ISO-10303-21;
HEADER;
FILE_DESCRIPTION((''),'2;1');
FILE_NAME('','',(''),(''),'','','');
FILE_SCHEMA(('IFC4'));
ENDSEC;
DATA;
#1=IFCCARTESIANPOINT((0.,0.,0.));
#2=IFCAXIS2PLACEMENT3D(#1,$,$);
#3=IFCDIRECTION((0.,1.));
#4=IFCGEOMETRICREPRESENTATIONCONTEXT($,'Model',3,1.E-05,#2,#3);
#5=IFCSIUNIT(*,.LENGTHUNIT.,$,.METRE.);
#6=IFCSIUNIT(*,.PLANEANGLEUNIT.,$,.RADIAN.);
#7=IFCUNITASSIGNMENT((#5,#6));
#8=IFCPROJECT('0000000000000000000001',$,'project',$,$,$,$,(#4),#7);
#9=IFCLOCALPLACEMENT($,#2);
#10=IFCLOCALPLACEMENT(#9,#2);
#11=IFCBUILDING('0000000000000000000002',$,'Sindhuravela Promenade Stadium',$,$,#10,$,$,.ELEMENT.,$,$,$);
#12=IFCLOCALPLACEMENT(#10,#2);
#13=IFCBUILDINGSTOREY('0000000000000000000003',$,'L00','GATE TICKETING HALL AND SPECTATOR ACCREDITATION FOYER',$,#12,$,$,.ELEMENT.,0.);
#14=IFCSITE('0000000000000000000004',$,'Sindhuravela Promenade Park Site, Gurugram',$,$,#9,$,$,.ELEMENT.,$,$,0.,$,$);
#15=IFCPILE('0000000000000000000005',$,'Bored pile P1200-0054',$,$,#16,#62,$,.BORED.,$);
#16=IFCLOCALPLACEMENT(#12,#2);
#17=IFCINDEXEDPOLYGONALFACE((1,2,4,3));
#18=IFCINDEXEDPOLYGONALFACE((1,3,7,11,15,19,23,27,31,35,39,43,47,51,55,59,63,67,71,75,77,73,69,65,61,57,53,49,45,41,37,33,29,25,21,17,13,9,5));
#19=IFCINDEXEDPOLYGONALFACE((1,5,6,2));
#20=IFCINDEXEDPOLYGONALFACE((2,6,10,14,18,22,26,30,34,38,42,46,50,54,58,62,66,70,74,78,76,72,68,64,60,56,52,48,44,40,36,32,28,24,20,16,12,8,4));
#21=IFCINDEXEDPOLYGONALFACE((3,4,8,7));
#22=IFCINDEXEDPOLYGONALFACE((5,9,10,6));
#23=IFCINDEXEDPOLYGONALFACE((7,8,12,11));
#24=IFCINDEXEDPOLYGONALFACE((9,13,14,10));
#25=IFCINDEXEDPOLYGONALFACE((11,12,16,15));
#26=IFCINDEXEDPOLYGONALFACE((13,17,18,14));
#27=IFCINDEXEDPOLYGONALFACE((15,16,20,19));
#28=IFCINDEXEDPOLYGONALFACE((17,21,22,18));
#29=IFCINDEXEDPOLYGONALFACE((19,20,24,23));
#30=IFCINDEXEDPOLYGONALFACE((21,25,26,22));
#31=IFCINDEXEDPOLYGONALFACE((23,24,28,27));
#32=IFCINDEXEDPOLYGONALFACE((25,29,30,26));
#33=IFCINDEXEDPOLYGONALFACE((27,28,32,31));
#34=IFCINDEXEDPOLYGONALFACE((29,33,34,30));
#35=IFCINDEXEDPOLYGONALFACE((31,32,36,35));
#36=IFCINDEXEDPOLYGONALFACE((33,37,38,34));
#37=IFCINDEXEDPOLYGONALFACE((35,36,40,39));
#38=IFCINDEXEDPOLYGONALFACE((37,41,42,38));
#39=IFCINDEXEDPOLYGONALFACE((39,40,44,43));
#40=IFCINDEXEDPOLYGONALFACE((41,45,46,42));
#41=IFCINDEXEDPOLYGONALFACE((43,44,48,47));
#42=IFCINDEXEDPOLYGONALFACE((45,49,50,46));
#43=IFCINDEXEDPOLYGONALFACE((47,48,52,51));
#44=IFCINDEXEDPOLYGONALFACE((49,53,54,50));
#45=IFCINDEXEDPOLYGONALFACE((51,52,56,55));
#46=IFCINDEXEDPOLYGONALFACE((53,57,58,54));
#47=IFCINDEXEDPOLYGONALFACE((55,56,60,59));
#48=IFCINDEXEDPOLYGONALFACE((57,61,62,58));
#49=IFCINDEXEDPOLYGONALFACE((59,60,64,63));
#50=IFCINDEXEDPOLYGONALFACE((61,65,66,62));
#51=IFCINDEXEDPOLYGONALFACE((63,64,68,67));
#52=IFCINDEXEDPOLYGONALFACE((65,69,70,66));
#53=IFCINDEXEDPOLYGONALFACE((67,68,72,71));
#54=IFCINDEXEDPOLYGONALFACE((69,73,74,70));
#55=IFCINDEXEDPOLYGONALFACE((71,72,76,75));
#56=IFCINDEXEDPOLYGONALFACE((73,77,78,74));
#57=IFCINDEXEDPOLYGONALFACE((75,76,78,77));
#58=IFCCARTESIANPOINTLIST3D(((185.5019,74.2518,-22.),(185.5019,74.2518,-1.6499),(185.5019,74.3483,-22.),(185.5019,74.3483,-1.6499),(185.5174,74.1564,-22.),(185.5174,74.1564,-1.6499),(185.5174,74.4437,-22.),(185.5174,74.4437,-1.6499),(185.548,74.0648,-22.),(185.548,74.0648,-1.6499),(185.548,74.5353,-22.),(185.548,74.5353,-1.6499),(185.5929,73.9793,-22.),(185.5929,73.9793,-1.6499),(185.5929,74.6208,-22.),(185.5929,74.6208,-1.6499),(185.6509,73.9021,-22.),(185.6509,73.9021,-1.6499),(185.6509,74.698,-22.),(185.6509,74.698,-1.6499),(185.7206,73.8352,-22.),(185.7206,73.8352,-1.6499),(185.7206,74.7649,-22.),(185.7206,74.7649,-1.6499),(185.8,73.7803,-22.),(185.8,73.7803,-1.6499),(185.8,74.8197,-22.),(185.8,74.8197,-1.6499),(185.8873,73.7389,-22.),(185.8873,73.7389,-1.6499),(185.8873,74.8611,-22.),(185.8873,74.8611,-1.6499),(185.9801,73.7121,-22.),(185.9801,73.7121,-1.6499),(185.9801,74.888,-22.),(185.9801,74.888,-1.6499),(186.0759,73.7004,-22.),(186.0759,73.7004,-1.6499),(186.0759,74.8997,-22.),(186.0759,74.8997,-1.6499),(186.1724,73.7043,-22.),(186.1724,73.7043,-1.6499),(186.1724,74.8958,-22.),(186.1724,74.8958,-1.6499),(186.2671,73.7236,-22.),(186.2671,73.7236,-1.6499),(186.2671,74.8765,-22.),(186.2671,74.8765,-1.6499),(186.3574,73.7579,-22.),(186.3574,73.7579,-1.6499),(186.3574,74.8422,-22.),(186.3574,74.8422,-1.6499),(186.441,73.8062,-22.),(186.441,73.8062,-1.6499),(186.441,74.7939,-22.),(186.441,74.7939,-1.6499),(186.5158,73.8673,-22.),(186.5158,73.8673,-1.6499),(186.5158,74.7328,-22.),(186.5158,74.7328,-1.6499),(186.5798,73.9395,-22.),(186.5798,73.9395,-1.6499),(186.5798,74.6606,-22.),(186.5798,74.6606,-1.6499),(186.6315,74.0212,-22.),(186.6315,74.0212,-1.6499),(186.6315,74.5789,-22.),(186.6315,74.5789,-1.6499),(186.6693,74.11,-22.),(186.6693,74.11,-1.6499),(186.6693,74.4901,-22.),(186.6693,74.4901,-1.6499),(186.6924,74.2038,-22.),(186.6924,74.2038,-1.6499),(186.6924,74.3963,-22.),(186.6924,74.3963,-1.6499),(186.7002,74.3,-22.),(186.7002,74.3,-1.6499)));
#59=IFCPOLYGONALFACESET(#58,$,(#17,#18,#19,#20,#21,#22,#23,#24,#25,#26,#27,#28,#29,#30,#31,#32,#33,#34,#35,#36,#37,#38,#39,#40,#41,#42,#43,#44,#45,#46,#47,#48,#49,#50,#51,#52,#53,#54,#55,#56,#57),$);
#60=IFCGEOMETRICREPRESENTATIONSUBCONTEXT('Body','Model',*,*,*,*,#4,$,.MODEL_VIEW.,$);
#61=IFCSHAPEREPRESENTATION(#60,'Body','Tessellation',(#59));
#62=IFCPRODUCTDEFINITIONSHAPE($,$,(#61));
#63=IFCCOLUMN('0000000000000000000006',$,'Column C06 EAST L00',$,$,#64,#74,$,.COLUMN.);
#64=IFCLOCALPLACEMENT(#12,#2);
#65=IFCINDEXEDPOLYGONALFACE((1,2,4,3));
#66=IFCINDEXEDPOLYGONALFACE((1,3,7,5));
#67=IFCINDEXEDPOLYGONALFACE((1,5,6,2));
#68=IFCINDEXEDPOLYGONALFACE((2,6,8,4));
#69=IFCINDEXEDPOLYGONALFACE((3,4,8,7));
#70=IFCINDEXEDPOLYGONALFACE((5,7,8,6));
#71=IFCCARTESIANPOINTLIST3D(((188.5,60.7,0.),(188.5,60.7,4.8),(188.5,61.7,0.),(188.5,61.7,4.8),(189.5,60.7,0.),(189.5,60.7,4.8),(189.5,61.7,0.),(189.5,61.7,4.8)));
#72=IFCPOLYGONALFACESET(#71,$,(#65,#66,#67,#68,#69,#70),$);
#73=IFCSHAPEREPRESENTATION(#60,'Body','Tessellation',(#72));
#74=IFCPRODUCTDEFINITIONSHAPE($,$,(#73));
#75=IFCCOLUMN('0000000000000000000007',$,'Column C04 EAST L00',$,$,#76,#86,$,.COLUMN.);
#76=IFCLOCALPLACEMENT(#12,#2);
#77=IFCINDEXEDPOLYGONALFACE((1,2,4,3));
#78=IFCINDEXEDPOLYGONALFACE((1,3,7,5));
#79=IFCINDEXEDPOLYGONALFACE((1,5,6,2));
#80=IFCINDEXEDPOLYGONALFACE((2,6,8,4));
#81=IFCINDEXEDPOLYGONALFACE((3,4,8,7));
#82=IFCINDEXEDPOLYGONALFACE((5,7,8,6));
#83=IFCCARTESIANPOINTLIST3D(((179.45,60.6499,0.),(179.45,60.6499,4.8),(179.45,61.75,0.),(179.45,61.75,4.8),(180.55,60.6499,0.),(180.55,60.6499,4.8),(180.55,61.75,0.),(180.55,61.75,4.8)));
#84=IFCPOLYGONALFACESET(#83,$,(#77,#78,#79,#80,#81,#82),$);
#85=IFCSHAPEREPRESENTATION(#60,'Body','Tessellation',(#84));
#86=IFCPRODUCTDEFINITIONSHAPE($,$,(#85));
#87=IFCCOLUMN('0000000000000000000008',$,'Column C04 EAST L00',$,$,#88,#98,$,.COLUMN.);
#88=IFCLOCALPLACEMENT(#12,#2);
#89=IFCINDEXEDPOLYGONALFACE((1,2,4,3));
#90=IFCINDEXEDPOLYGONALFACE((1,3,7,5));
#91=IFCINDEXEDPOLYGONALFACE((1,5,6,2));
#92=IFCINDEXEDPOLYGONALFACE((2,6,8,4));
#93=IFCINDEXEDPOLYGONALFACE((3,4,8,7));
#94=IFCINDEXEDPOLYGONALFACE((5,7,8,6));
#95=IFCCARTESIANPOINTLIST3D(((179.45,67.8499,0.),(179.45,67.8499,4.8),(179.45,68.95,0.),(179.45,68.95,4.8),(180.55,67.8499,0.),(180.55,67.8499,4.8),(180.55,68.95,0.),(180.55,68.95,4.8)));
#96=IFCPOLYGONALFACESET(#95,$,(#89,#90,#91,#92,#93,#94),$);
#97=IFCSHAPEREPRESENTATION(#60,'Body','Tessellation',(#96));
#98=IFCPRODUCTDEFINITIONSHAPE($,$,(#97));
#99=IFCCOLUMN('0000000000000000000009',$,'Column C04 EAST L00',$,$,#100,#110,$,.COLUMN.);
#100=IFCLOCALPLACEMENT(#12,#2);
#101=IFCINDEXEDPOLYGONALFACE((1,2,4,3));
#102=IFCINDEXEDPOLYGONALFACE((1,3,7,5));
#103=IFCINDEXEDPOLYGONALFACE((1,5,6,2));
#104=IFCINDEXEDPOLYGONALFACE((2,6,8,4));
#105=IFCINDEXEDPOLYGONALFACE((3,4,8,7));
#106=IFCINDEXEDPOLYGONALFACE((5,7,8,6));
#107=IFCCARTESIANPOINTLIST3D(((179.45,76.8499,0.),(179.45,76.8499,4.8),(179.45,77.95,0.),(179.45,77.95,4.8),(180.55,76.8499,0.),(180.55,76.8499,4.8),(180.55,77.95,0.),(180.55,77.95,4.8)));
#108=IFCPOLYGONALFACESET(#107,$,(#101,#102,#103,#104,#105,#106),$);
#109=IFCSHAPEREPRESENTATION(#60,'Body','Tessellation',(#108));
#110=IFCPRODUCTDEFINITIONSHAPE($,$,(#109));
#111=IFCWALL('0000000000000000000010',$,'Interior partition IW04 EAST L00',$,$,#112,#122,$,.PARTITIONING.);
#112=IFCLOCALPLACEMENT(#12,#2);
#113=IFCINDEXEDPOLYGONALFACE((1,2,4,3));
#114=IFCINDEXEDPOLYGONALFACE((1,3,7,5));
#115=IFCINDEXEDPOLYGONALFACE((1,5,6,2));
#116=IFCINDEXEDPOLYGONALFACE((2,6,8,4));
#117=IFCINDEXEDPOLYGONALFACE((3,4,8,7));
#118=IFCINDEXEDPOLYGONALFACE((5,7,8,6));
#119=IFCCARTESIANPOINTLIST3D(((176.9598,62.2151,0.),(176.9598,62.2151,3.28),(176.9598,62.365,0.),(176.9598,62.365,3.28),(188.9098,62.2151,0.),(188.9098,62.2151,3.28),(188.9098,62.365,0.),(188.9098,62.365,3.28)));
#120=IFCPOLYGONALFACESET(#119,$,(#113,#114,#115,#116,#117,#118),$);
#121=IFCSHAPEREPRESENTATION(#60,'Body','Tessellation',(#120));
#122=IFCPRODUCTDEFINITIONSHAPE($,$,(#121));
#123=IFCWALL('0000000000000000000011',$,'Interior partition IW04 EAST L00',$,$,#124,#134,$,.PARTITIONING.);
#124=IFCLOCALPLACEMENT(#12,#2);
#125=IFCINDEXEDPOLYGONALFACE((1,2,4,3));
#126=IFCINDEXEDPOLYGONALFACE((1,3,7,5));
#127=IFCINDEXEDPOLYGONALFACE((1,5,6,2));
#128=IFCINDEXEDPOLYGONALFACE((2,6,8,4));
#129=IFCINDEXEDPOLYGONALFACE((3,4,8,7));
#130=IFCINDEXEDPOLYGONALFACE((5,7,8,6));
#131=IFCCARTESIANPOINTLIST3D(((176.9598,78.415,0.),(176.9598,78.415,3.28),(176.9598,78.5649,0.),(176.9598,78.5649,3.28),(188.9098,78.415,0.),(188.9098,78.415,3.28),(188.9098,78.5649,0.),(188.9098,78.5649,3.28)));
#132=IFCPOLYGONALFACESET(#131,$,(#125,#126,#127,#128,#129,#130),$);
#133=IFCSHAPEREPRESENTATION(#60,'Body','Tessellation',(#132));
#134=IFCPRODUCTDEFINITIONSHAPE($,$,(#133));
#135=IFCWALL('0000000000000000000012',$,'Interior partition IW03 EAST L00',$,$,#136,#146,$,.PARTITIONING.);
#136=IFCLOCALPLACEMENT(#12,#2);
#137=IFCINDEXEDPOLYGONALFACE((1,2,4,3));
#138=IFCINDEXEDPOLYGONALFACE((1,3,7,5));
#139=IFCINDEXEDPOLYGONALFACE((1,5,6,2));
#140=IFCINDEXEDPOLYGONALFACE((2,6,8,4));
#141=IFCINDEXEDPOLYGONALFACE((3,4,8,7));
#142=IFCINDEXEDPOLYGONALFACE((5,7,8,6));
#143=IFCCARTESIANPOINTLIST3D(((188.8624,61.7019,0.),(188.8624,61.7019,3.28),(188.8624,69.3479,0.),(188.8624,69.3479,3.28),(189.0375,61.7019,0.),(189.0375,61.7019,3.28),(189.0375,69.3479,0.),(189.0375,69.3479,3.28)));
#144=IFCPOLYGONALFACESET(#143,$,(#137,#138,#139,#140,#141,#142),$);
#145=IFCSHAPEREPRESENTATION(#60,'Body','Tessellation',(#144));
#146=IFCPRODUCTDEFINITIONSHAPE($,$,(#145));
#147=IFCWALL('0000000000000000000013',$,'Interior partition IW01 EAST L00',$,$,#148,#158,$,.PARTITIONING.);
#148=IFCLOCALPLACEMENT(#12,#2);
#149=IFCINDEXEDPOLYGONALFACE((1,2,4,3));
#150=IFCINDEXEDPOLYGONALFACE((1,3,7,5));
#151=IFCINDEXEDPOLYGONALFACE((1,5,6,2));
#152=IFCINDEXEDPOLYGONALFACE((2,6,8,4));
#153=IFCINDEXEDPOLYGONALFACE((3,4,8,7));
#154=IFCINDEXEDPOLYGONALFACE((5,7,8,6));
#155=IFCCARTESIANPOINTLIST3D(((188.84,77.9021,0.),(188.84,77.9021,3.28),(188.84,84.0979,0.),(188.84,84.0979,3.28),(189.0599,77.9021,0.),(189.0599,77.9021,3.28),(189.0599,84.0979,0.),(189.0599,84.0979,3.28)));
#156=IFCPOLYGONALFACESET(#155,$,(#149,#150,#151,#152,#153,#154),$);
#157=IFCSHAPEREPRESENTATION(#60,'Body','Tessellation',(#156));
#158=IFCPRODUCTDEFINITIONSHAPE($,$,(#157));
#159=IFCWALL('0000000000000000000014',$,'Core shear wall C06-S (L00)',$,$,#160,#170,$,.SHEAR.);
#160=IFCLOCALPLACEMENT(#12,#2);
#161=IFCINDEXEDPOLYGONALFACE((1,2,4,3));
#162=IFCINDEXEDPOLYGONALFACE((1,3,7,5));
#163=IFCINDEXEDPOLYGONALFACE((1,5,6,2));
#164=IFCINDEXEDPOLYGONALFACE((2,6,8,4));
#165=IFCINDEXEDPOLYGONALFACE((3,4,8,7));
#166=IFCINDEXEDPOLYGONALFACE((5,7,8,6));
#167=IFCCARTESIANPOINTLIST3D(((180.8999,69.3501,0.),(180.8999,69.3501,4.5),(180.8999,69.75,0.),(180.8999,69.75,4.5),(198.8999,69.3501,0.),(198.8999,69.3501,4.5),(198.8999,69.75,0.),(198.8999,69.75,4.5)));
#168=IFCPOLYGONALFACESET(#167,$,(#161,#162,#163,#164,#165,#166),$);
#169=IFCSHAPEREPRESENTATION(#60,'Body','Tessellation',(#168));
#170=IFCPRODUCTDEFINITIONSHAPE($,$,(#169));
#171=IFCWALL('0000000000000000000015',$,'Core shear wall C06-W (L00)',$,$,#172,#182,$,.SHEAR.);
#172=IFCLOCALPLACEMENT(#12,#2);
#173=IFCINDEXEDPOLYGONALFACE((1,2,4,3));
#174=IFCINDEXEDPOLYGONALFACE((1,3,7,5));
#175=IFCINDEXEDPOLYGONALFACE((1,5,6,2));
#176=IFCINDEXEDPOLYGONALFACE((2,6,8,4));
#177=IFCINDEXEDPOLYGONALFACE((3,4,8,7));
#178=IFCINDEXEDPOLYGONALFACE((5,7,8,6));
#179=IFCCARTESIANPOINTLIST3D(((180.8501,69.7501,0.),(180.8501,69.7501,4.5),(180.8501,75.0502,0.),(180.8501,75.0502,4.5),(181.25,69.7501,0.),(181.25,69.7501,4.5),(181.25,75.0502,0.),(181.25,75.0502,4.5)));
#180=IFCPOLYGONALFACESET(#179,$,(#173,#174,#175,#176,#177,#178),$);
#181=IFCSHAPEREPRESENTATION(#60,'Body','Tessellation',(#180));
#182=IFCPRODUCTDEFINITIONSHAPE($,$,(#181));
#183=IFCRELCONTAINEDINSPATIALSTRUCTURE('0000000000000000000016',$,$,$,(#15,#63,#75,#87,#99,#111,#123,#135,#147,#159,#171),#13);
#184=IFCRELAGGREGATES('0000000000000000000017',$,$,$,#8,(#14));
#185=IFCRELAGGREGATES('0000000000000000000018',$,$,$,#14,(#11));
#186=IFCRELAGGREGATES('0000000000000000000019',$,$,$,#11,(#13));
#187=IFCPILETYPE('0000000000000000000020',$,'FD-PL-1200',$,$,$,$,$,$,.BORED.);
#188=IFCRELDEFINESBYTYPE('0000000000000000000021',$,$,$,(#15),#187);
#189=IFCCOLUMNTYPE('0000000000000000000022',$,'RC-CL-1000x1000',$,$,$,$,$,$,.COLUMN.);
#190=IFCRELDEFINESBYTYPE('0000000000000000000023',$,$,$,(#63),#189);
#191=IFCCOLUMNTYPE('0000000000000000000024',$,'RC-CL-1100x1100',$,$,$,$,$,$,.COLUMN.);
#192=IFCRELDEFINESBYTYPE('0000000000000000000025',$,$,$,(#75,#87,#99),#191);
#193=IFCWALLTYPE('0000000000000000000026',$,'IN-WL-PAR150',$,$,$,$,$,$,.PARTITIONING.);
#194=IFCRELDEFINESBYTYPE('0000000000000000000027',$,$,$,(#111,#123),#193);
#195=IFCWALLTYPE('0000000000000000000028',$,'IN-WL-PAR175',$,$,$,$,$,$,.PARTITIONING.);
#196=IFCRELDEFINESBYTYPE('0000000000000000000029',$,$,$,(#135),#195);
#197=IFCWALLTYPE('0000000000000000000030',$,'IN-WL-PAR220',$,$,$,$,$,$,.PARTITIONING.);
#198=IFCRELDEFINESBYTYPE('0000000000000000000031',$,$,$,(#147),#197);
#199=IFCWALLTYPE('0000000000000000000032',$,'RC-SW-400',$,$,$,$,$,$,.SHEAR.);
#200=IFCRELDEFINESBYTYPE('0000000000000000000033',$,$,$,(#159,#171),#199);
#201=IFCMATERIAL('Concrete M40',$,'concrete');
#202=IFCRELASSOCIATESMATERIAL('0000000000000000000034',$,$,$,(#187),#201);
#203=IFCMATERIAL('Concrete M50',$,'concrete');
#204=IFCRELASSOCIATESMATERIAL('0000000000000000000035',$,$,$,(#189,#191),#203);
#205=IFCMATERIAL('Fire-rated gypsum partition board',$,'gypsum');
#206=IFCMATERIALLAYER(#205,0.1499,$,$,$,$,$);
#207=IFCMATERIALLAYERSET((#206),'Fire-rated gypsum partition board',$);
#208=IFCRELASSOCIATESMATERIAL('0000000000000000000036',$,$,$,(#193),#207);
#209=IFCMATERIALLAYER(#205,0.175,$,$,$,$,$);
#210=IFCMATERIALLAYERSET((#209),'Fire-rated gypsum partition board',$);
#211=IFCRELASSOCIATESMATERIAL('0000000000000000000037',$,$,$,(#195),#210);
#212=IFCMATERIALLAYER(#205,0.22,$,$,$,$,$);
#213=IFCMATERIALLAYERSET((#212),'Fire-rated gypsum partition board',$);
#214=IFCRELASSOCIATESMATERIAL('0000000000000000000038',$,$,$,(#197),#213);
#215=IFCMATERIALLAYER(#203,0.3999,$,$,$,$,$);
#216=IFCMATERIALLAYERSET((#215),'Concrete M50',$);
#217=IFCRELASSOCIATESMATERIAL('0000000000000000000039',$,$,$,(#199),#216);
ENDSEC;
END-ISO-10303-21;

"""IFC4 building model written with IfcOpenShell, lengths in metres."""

from ifc_helpers import new_model, si_unit, direction, frame, frame_2d, origin, origin_2d, place, context, subcontext, project, spatial, rectangle, circle, extrude, material, layer, layer_set, material_profile, profile_set, type_object, element, save


model = new_model("IFC4")

# Units and contexts
model_context = context("Model", 3, precision=1e-05, world=origin(), true_north=direction((0.0, 1.0)))
body_context = subcontext(model_context, "Body", "Model", "MODEL_VIEW")
ifc_project = project(units=[si_unit("LENGTHUNIT", "METRE"), si_unit("PLANEANGLEUNIT", "RADIAN")], contexts=[model_context])

# Site, building, storey
site_placement = place(None, origin())
site = spatial("IfcSite", under=ifc_project, at=site_placement, Name="Sindhuravela Promenade Park Site, Gurugram", CompositionType="ELEMENT", RefElevation=0.0)
building_placement = place(site_placement, origin())
building = spatial("IfcBuilding", under=site, at=building_placement, Name="Sindhuravela Promenade Stadium", CompositionType="ELEMENT")
storey_placement = place(building_placement, origin())
storey = spatial("IfcBuildingStorey", under=building, at=storey_placement, Name="L00", Description="GATE TICKETING HALL AND SPECTATOR ACCREDITATION FOYER", CompositionType="ELEMENT", Elevation=0.0)

# Shared definitions
ifc_material_1 = material(Name="Concrete M50", Category="concrete")

# Pile
ifc_material_2 = material(Name="Concrete M40", Category="concrete")
ifc_material_profile_1 = material_profile(ifc_material_2, circle(Radius=0.6001, at=origin_2d()), Name="BORED PILE D1200")
ifc_profile_set_1 = profile_set([ifc_material_profile_1], Name="Concrete M40")
pile_type = type_object("IfcPileType", Name="FD-PL-1200", PredefinedType="BORED", material=ifc_profile_set_1)
for number, where, z_axis, x_axis, name in (
    (1, (186.1001, 74.3, -1.6499), (0.0, 0.0, -1.0), (1.0, 0.0, 0.0), "Bored pile P1200-0054"),
):
    element("IfcPile", number, at=place(storey_placement, frame(where, z_axis=z_axis, x_axis=x_axis)), inside=storey, type_object=pile_type, Name=name, PredefinedType="BORED", context=body_context, shape_type="SweptSolid", body=[
        extrude(circle(Radius=0.6001, at=origin_2d()), origin(), (0.0, 0.0, 1.0), 20.3501),
    ])

# Columns
ifc_material_profile_2 = material_profile(ifc_material_1, rectangle(XDim=1.0, YDim=1.0, at=origin_2d()), Name="RC 1000x1000")
ifc_profile_set_2 = profile_set([ifc_material_profile_2], Name="Concrete M50")
column_type_1 = type_object("IfcColumnType", Name="RC-CL-1000x1000", PredefinedType="COLUMN", material=ifc_profile_set_2)
column_placement = place(storey_placement, frame((189.0, 61.2, 0.0), z_axis=(0.0, 0.0, 1.0), x_axis=(1.0, 0.0, 0.0)))
element("IfcColumn", 2, at=column_placement, inside=storey, type_object=column_type_1, Name="Column C06 EAST L00", PredefinedType="COLUMN", context=body_context, shape_type="SweptSolid", body=[
    extrude(rectangle(XDim=1.0, YDim=1.0, at=origin_2d()), origin(), (0.0, 0.0, 1.0), 4.8),
])
ifc_material_profile_3 = material_profile(ifc_material_1, rectangle(XDim=1.1001, YDim=1.1001, at=origin_2d()), Name="RC 1100x1100")
ifc_profile_set_3 = profile_set([ifc_material_profile_3], Name="Concrete M50")
column_type_2 = type_object("IfcColumnType", Name="RC-CL-1100x1100", PredefinedType="COLUMN", material=ifc_profile_set_3)
for number, where, z_axis, x_axis, name in (
    (3, (180.0, 61.2, 0.0), (0.0, 0.0, 1.0), (1.0, 0.0, 0.0), "Column C04 EAST L00"),
    (4, (180.0, 68.3999, 0.0), (0.0, 0.0, 1.0), (1.0, 0.0, 0.0), "Column C04 EAST L00"),
    (5, (180.0, 77.3999, 0.0), (0.0, 0.0, 1.0), (1.0, 0.0, 0.0), "Column C04 EAST L00"),
):
    element("IfcColumn", number, at=place(storey_placement, frame(where, z_axis=z_axis, x_axis=x_axis)), inside=storey, type_object=column_type_2, Name=name, PredefinedType="COLUMN", context=body_context, shape_type="SweptSolid", body=[
        extrude(rectangle(XDim=1.1001, YDim=1.1001, at=origin_2d()), origin(), (0.0, 0.0, 1.0), 4.8),
    ])

# Walls
ifc_material_3 = material(Name="Fire-rated gypsum partition board", Category="gypsum")
ifc_layer_1 = layer(ifc_material_3, 0.1499)
ifc_layer_set_1 = layer_set([ifc_layer_1], Name="Fire-rated gypsum partition board")
wall_type_1 = type_object("IfcWallType", Name="IN-WL-PAR150", PredefinedType="PARTITIONING", material=ifc_layer_set_1)
for number, where, z_axis, x_axis, name in (
    (6, (188.9099, 62.29, 0.0), (0.0, 0.0, 1.0), (-1.0, 0.0, 0.0), "Interior partition IW04 EAST L00"),
    (7, (188.9099, 78.49, 0.0), (0.0, 0.0, 1.0), (-1.0, 0.0, 0.0), "Interior partition IW04 EAST L00"),
):
    element("IfcWall", number, at=place(storey_placement, frame(where, z_axis=z_axis, x_axis=x_axis)), inside=storey, type_object=wall_type_1, Name=name, PredefinedType="PARTITIONING", context=body_context, shape_type="SweptSolid", body=[
        extrude(rectangle(XDim=11.95, YDim=0.1499, at=frame_2d((5.9751, 0.0))), origin(), (0.0, 0.0, 1.0), 3.28),
    ])
ifc_layer_2 = layer(ifc_material_3, 0.175)
ifc_layer_set_2 = layer_set([ifc_layer_2], Name="Fire-rated gypsum partition board")
wall_type_2 = type_object("IfcWallType", Name="IN-WL-PAR175", PredefinedType="PARTITIONING", material=ifc_layer_set_2)
wall_1_placement = place(storey_placement, frame((188.95, 69.3479, 0.0), z_axis=(0.0, 0.0, 1.0), x_axis=(0.0, -1.0, 0.0)))
element("IfcWall", 8, at=wall_1_placement, inside=storey, type_object=wall_type_2, Name="Interior partition IW03 EAST L00", PredefinedType="PARTITIONING", context=body_context, shape_type="SweptSolid", body=[
    extrude(rectangle(XDim=7.646, YDim=0.175, at=frame_2d((3.823, 0.0))), origin(), (0.0, 0.0, 1.0), 3.28),
])
ifc_layer_3 = layer(ifc_material_3, 0.22)
ifc_layer_set_3 = layer_set([ifc_layer_3], Name="Fire-rated gypsum partition board")
wall_type_3 = type_object("IfcWallType", Name="IN-WL-PAR220", PredefinedType="PARTITIONING", material=ifc_layer_set_3)
wall_2_placement = place(storey_placement, frame((188.95, 77.9021, 0.0), z_axis=(0.0, 0.0, 1.0), x_axis=(0.0, 1.0, 0.0)))
element("IfcWall", 9, at=wall_2_placement, inside=storey, type_object=wall_type_3, Name="Interior partition IW01 EAST L00", PredefinedType="PARTITIONING", context=body_context, shape_type="SweptSolid", body=[
    extrude(rectangle(XDim=6.1958, YDim=0.22, at=frame_2d((3.0979, 0.0))), origin(), (0.0, 0.0, 1.0), 3.28),
])
ifc_layer_4 = layer(ifc_material_1, 0.3999)
ifc_layer_set_4 = layer_set([ifc_layer_4], Name="Concrete M50")
wall_type_4 = type_object("IfcWallType", Name="RC-SW-400", PredefinedType="SHEAR", material=ifc_layer_set_4)
wall_3_placement = place(storey_placement, frame((180.8999, 69.55, 0.0), z_axis=(0.0, 0.0, 1.0), x_axis=(1.0, 0.0, 0.0)))
element("IfcWall", 10, at=wall_3_placement, inside=storey, type_object=wall_type_4, Name="Core shear wall C06-S (L00)", PredefinedType="SHEAR", context=body_context, shape_type="SweptSolid", body=[
    extrude(rectangle(XDim=18.0, YDim=0.3999, at=frame_2d((9.0, 0.0))), origin(), (0.0, 0.0, 1.0), 4.5),
])
wall_4_placement = place(storey_placement, frame((181.05, 75.05, 0.0), z_axis=(0.0, 0.0, 1.0), x_axis=(0.0, -1.0, 0.0)))
element("IfcWall", 11, at=wall_4_placement, inside=storey, type_object=wall_type_4, Name="Core shear wall C06-W (L00)", PredefinedType="SHEAR", context=body_context, shape_type="SweptSolid", body=[
    extrude(rectangle(XDim=5.3, YDim=0.3999, at=frame_2d((2.6499, 0.0))), origin(), (0.0, 0.0, 1.0), 4.5),
])

save(model, "model.ifc")
